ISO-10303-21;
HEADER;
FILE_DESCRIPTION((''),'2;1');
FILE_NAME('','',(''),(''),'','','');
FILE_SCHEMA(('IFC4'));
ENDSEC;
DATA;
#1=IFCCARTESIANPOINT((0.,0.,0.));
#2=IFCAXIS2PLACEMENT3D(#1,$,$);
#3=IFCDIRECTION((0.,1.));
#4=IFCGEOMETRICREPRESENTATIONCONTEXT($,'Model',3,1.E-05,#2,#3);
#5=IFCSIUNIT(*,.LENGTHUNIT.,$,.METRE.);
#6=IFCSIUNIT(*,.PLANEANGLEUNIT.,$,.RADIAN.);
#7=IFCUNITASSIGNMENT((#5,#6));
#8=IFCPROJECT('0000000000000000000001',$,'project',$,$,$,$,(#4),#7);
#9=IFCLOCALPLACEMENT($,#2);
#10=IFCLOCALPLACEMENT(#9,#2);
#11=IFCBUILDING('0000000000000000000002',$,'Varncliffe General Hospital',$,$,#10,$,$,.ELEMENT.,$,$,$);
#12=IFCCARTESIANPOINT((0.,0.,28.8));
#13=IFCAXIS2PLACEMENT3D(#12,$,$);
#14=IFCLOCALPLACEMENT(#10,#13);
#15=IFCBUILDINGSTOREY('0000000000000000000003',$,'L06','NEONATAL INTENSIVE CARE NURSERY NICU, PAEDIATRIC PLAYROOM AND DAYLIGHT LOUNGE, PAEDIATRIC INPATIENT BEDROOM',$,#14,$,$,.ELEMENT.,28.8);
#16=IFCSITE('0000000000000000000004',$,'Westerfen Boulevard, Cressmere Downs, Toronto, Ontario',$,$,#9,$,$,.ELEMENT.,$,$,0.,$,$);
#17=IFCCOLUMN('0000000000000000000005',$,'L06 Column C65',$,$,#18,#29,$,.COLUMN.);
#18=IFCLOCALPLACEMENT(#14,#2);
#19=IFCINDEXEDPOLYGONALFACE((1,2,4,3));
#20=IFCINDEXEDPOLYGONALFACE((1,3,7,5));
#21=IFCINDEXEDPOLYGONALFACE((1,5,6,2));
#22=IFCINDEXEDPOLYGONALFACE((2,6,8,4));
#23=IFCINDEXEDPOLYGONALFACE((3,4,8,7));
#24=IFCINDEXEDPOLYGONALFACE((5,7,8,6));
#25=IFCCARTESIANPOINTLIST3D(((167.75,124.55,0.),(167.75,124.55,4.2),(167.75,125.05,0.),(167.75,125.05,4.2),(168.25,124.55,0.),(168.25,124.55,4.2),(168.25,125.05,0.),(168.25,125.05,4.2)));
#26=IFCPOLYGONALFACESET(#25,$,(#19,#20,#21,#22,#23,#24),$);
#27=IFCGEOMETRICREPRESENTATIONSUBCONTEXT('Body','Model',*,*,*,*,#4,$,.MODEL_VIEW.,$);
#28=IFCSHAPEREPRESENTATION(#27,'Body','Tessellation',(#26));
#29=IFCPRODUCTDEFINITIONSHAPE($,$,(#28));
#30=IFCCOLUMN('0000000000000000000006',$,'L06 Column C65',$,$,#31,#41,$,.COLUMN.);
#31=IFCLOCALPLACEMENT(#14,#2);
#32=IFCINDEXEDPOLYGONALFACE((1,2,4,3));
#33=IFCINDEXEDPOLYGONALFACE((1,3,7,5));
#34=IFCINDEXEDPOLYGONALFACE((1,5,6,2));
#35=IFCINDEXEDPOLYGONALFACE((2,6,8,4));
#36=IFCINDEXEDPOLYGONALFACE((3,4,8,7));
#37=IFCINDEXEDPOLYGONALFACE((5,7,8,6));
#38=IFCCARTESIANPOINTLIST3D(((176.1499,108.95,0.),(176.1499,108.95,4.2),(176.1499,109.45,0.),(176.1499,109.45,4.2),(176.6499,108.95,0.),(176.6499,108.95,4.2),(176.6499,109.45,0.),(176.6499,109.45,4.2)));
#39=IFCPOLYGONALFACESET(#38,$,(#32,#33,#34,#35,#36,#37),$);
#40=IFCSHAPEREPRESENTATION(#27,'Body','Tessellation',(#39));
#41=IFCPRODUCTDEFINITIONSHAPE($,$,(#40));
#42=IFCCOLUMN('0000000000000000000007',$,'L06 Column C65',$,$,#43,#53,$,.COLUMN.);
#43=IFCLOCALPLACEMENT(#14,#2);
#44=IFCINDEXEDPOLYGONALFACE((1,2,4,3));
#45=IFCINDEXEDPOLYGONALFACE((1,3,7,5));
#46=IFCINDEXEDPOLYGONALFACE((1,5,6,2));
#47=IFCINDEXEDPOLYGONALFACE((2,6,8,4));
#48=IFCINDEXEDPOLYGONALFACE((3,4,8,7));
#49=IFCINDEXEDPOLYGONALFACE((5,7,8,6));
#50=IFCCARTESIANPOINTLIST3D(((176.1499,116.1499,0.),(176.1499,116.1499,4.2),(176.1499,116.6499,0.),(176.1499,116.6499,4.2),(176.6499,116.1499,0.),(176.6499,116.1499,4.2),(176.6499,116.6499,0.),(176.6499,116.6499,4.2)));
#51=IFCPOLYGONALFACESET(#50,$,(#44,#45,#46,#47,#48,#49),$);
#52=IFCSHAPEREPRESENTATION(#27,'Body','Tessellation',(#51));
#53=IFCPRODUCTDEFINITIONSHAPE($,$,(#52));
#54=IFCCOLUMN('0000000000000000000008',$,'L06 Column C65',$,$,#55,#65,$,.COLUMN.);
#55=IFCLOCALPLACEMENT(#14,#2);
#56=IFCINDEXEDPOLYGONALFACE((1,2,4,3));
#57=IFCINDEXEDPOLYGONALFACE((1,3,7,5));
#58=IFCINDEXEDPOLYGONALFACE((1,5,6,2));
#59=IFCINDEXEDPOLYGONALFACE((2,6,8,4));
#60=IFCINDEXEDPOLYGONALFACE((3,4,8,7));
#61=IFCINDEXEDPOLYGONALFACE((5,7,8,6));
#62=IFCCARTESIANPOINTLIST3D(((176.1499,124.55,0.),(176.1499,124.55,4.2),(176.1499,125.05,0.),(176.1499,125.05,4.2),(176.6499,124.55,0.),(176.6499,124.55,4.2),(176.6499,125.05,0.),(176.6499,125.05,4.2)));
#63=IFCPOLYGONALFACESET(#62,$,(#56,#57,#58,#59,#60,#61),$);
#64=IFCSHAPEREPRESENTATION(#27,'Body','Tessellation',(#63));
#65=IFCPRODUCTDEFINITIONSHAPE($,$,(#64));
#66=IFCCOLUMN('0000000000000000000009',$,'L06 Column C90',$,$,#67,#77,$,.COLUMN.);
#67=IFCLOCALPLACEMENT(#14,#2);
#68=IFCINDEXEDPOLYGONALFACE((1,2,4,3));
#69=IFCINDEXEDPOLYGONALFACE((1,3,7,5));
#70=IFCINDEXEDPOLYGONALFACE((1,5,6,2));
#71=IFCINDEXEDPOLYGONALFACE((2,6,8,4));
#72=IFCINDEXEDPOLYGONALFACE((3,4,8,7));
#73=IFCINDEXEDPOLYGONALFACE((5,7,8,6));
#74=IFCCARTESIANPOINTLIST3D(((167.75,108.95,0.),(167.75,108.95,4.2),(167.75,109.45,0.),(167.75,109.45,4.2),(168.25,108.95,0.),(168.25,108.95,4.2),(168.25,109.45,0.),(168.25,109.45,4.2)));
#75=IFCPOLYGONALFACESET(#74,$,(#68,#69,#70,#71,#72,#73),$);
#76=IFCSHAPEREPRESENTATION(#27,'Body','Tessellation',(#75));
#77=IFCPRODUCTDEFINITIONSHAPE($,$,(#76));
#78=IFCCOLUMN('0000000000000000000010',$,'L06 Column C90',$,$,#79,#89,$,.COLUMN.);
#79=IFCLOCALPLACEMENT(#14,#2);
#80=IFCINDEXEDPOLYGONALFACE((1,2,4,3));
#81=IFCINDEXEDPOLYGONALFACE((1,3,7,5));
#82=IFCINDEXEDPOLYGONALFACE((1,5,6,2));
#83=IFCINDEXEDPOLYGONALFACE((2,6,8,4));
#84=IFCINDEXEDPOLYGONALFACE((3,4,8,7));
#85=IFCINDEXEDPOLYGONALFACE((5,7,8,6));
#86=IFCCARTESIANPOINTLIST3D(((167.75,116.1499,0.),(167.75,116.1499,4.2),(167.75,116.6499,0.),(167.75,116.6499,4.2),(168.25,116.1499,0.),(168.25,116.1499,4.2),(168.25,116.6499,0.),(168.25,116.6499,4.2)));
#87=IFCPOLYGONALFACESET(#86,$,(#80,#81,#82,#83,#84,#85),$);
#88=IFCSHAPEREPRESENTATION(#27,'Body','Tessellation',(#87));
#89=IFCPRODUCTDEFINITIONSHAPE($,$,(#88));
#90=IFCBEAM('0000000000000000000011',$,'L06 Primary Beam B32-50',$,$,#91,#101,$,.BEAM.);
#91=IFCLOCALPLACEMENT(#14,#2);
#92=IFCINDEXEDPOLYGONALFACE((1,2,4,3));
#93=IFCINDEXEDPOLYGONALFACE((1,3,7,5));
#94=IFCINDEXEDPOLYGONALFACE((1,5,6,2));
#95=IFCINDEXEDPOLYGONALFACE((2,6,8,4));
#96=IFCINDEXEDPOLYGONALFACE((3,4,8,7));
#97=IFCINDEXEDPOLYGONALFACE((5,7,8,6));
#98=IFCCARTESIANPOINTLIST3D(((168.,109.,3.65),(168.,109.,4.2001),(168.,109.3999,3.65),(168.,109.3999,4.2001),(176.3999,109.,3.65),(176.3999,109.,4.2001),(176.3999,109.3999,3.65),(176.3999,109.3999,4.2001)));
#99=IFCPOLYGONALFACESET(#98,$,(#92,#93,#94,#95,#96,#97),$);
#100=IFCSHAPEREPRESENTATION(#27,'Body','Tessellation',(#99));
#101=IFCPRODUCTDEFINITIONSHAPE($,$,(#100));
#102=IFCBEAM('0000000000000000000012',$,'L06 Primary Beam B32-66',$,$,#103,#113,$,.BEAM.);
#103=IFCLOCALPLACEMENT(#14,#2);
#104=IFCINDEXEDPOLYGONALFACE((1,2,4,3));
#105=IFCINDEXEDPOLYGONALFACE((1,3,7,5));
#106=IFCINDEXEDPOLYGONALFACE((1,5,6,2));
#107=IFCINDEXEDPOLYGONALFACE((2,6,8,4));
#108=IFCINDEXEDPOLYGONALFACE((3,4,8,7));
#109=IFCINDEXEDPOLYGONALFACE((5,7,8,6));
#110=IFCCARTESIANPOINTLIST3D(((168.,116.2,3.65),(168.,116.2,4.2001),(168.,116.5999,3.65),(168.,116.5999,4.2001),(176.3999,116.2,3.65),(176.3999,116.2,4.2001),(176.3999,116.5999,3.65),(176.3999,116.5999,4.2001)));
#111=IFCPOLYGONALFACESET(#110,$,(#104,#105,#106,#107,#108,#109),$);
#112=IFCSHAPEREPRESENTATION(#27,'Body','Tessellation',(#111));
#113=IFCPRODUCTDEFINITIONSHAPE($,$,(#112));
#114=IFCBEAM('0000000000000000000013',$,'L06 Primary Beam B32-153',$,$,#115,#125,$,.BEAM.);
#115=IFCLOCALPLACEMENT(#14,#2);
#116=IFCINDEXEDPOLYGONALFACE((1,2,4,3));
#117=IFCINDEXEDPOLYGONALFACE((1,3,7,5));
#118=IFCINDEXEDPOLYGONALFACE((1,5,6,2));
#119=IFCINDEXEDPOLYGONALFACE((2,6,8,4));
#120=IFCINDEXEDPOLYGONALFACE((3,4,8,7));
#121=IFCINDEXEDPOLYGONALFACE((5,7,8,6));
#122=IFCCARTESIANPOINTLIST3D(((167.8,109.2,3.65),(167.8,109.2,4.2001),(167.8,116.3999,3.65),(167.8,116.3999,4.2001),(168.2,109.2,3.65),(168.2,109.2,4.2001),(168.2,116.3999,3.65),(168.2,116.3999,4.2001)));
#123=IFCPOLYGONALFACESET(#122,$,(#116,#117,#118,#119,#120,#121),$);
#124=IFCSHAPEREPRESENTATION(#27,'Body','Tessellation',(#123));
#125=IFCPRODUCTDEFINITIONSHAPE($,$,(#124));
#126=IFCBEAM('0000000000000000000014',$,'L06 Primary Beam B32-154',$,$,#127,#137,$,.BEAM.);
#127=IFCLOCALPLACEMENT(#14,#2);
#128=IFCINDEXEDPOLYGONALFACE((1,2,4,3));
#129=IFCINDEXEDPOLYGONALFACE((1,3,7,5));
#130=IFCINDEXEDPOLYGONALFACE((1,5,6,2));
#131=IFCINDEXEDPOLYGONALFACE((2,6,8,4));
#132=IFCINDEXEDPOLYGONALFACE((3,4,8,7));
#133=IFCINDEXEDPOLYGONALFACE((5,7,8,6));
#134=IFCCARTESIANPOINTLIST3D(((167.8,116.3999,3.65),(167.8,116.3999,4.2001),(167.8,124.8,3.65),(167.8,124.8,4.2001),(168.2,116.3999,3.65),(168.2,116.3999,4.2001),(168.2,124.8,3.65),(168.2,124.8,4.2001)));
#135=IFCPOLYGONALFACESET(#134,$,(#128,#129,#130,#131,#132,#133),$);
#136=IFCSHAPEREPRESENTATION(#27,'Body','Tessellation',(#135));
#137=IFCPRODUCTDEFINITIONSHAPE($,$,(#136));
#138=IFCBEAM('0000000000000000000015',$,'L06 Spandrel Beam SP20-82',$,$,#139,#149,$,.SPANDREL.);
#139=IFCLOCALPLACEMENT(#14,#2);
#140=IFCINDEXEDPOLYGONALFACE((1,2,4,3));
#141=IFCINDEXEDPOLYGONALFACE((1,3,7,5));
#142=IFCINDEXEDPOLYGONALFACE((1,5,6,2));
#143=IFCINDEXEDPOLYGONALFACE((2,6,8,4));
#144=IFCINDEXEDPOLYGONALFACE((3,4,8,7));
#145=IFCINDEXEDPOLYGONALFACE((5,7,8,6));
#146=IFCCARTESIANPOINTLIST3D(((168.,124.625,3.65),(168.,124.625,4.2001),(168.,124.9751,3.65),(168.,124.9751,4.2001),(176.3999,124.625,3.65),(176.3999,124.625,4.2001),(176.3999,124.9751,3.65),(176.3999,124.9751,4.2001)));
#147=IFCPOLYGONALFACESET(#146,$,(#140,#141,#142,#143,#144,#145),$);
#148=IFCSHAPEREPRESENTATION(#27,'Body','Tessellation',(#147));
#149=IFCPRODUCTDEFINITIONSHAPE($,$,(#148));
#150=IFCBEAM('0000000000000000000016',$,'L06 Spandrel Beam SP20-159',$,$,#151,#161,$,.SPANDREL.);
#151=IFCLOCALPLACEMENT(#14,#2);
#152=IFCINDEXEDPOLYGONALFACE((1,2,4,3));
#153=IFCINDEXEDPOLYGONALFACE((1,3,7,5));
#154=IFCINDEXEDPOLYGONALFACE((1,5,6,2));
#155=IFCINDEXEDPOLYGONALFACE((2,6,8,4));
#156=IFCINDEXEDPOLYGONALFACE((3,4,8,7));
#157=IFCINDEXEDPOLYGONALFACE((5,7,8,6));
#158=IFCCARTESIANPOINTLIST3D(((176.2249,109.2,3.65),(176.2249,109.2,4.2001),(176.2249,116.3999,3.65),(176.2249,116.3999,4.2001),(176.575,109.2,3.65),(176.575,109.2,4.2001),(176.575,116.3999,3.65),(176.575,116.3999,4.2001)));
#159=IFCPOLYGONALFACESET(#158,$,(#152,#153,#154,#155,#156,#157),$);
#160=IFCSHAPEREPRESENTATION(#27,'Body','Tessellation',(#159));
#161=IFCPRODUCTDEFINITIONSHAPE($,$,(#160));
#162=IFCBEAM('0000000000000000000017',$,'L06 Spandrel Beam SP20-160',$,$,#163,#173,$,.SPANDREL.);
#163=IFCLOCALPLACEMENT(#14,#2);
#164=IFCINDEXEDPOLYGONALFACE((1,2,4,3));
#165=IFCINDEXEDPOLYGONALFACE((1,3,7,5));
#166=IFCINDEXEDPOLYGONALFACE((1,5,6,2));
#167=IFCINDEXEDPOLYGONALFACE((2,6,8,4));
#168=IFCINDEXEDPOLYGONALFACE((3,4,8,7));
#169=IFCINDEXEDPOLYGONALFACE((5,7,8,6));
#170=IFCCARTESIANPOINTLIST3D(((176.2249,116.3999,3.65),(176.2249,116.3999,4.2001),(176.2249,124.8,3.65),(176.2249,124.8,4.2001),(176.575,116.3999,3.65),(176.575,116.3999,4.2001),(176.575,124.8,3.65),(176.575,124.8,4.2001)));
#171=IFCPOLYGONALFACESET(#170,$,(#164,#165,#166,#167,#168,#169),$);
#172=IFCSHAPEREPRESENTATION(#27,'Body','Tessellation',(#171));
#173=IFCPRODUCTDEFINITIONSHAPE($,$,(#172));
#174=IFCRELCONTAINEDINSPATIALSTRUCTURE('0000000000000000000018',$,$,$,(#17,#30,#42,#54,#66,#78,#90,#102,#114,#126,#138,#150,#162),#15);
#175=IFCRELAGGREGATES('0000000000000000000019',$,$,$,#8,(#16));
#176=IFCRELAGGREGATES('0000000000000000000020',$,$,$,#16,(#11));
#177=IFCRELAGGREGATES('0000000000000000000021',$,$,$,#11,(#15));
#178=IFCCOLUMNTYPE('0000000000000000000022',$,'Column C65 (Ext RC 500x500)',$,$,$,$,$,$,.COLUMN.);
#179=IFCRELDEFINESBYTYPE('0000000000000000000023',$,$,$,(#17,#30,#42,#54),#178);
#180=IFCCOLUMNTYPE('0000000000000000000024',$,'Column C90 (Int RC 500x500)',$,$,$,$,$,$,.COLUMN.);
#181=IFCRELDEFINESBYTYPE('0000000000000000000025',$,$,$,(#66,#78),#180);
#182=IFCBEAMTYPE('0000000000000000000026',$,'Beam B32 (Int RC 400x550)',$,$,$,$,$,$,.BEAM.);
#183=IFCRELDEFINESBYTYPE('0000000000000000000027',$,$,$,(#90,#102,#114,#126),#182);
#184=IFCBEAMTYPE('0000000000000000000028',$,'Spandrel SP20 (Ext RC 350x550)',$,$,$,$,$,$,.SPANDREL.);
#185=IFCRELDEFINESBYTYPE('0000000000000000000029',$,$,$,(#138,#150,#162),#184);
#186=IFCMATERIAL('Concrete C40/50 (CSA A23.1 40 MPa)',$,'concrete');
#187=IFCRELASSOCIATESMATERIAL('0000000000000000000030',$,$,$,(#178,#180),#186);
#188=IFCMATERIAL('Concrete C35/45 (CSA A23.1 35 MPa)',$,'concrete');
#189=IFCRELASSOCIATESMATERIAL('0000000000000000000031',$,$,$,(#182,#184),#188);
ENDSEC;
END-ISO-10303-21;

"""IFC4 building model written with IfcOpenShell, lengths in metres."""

from ifc_helpers import new_model, si_unit, direction, frame, origin, origin_2d, place, context, subcontext, project, spatial, rectangle, extrude, material, material_profile, profile_set, type_object, element, save


model = new_model("IFC4")

# Units and contexts
model_context = context("Model", 3, precision=1e-05, world=origin(), true_north=direction((0.0, 1.0)))
body_context = subcontext(model_context, "Body", "Model", "MODEL_VIEW")
ifc_project = project(units=[si_unit("LENGTHUNIT", "METRE"), si_unit("PLANEANGLEUNIT", "RADIAN")], contexts=[model_context])

# Site, building, storey
site_placement = place(None, origin())
site = spatial("IfcSite", under=ifc_project, at=site_placement, Name="Westerfen Boulevard, Cressmere Downs, Toronto, Ontario", CompositionType="ELEMENT", RefElevation=0.0)
building_placement = place(site_placement, origin())
building = spatial("IfcBuilding", under=site, at=building_placement, Name="Varncliffe General Hospital", CompositionType="ELEMENT")
storey_placement = place(building_placement, frame((0.0, 0.0, 28.8)))
storey = spatial("IfcBuildingStorey", under=building, at=storey_placement, Name="L06", Description="NEONATAL INTENSIVE CARE NURSERY NICU, PAEDIATRIC PLAYROOM AND DAYLIGHT LOUNGE, PAEDIATRIC INPATIENT BEDROOM", CompositionType="ELEMENT", Elevation=28.8)

# Columns
ifc_material_1 = material(Name="Concrete C40/50 (CSA A23.1 40 MPa)", Category="concrete")
ifc_material_profile_1 = material_profile(ifc_material_1, rectangle(XDim=0.5, YDim=0.5, at=origin_2d()), Name="RC 500x500")
ifc_profile_set_1 = profile_set([ifc_material_profile_1], Name="Concrete C40/50 (CSA A23.1 40 MPa)")
column_type_1 = type_object("IfcColumnType", Name="Column C65 (Ext RC 500x500)", PredefinedType="COLUMN", material=ifc_profile_set_1)
for number, where, z_axis, x_axis, name in (
    (1, (168.0, 124.8, 0.0), (0.0, 0.0, 1.0), (1.0, 0.0, 0.0), "L06 Column C65"),
    (2, (176.3999, 109.2, 0.0), (0.0, 0.0, 1.0), (1.0, 0.0, 0.0), "L06 Column C65"),
    (3, (176.3999, 116.3999, 0.0), (0.0, 0.0, 1.0), (1.0, 0.0, 0.0), "L06 Column C65"),
    (4, (176.3999, 124.8, 0.0), (0.0, 0.0, 1.0), (1.0, 0.0, 0.0), "L06 Column C65"),
):
    element("IfcColumn", number, at=place(storey_placement, frame(where, z_axis=z_axis, x_axis=x_axis)), inside=storey, type_object=column_type_1, Name=name, PredefinedType="COLUMN", context=body_context, shape_type="SweptSolid", body=[
        extrude(rectangle(XDim=0.5, YDim=0.5, at=origin_2d()), origin(), (0.0, 0.0, 1.0), 4.2),
    ])
ifc_material_profile_2 = material_profile(ifc_material_1, rectangle(XDim=0.5, YDim=0.5, at=origin_2d()), Name="RC 500x500")
ifc_profile_set_2 = profile_set([ifc_material_profile_2], Name="Concrete C40/50 (CSA A23.1 40 MPa)")
column_type_2 = type_object("IfcColumnType", Name="Column C90 (Int RC 500x500)", PredefinedType="COLUMN", material=ifc_profile_set_2)
for number, where, z_axis, x_axis, name in (
    (5, (168.0, 109.2, 0.0), (0.0, 0.0, 1.0), (1.0, 0.0, 0.0), "L06 Column C90"),
    (6, (168.0, 116.3999, 0.0), (0.0, 0.0, 1.0), (1.0, 0.0, 0.0), "L06 Column C90"),
):
    element("IfcColumn", number, at=place(storey_placement, frame(where, z_axis=z_axis, x_axis=x_axis)), inside=storey, type_object=column_type_2, Name=name, PredefinedType="COLUMN", context=body_context, shape_type="SweptSolid", body=[
        extrude(rectangle(XDim=0.5, YDim=0.5, at=origin_2d()), origin(), (0.0, 0.0, 1.0), 4.2),
    ])

# Beams
ifc_material_2 = material(Name="Concrete C35/45 (CSA A23.1 35 MPa)", Category="concrete")
ifc_material_profile_3 = material_profile(ifc_material_2, rectangle(XDim=0.3999, YDim=0.55, at=origin_2d()), Name="RC 400x550")
ifc_profile_set_3 = profile_set([ifc_material_profile_3], Name="Concrete C35/45 (CSA A23.1 35 MPa)")
beam_type_1 = type_object("IfcBeamType", Name="Beam B32 (Int RC 400x550)", PredefinedType="BEAM", material=ifc_profile_set_3)
for number, where, z_axis, x_axis, name in (
    (7, (168.0, 109.2, 3.925), (1.0, 0.0, 0.0), (0.0, 1.0, 0.0), "L06 Primary Beam B32-50"),
    (8, (168.0, 116.3999, 3.925), (1.0, 0.0, 0.0), (0.0, 1.0, 0.0), "L06 Primary Beam B32-66"),
):
    element("IfcBeam", number, at=place(storey_placement, frame(where, z_axis=z_axis, x_axis=x_axis)), inside=storey, type_object=beam_type_1, Name=name, PredefinedType="BEAM", context=body_context, shape_type="SweptSolid", body=[
        extrude(rectangle(XDim=0.3999, YDim=0.55, at=origin_2d()), origin(), (0.0, 0.0, 1.0), 8.3999),
    ])
beam_1_placement = place(storey_placement, frame((168.0, 109.2, 3.925), z_axis=(0.0, 1.0, 0.0), x_axis=(-1.0, 0.0, 0.0)))
element("IfcBeam", 9, at=beam_1_placement, inside=storey, type_object=beam_type_1, Name="L06 Primary Beam B32-153", PredefinedType="BEAM", context=body_context, shape_type="SweptSolid", body=[
    extrude(rectangle(XDim=0.3999, YDim=0.55, at=origin_2d()), origin(), (0.0, 0.0, 1.0), 7.2),
])
beam_2_placement = place(storey_placement, frame((168.0, 116.3999, 3.925), z_axis=(0.0, 1.0, 0.0), x_axis=(-1.0, 0.0, 0.0)))
element("IfcBeam", 10, at=beam_2_placement, inside=storey, type_object=beam_type_1, Name="L06 Primary Beam B32-154", PredefinedType="BEAM", context=body_context, shape_type="SweptSolid", body=[
    extrude(rectangle(XDim=0.3999, YDim=0.55, at=origin_2d()), origin(), (0.0, 0.0, 1.0), 8.4001),
])
ifc_material_profile_4 = material_profile(ifc_material_2, rectangle(XDim=0.3501, YDim=0.55, at=origin_2d()), Name="RC 350x550")
ifc_profile_set_4 = profile_set([ifc_material_profile_4], Name="Concrete C35/45 (CSA A23.1 35 MPa)")
beam_type_2 = type_object("IfcBeamType", Name="Spandrel SP20 (Ext RC 350x550)", PredefinedType="SPANDREL", material=ifc_profile_set_4)
beam_3_placement = place(storey_placement, frame((168.0, 124.8, 3.925), z_axis=(1.0, 0.0, 0.0), x_axis=(0.0, 1.0, 0.0)))
element("IfcBeam", 11, at=beam_3_placement, inside=storey, type_object=beam_type_2, Name="L06 Spandrel Beam SP20-82", PredefinedType="SPANDREL", context=body_context, shape_type="SweptSolid", body=[
    extrude(rectangle(XDim=0.3501, YDim=0.55, at=origin_2d()), origin(), (0.0, 0.0, 1.0), 8.3999),
])
beam_4_placement = place(storey_placement, frame((176.3999, 109.2, 3.925), z_axis=(0.0, 1.0, 0.0), x_axis=(-1.0, 0.0, 0.0)))
element("IfcBeam", 12, at=beam_4_placement, inside=storey, type_object=beam_type_2, Name="L06 Spandrel Beam SP20-159", PredefinedType="SPANDREL", context=body_context, shape_type="SweptSolid", body=[
    extrude(rectangle(XDim=0.3501, YDim=0.55, at=origin_2d()), origin(), (0.0, 0.0, 1.0), 7.2),
])
beam_5_placement = place(storey_placement, frame((176.3999, 116.3999, 3.925), z_axis=(0.0, 1.0, 0.0), x_axis=(-1.0, 0.0, 0.0)))
element("IfcBeam", 13, at=beam_5_placement, inside=storey, type_object=beam_type_2, Name="L06 Spandrel Beam SP20-160", PredefinedType="SPANDREL", context=body_context, shape_type="SweptSolid", body=[
    extrude(rectangle(XDim=0.3501, YDim=0.55, at=origin_2d()), origin(), (0.0, 0.0, 1.0), 8.4001),
])

save(model, "model.ifc")
